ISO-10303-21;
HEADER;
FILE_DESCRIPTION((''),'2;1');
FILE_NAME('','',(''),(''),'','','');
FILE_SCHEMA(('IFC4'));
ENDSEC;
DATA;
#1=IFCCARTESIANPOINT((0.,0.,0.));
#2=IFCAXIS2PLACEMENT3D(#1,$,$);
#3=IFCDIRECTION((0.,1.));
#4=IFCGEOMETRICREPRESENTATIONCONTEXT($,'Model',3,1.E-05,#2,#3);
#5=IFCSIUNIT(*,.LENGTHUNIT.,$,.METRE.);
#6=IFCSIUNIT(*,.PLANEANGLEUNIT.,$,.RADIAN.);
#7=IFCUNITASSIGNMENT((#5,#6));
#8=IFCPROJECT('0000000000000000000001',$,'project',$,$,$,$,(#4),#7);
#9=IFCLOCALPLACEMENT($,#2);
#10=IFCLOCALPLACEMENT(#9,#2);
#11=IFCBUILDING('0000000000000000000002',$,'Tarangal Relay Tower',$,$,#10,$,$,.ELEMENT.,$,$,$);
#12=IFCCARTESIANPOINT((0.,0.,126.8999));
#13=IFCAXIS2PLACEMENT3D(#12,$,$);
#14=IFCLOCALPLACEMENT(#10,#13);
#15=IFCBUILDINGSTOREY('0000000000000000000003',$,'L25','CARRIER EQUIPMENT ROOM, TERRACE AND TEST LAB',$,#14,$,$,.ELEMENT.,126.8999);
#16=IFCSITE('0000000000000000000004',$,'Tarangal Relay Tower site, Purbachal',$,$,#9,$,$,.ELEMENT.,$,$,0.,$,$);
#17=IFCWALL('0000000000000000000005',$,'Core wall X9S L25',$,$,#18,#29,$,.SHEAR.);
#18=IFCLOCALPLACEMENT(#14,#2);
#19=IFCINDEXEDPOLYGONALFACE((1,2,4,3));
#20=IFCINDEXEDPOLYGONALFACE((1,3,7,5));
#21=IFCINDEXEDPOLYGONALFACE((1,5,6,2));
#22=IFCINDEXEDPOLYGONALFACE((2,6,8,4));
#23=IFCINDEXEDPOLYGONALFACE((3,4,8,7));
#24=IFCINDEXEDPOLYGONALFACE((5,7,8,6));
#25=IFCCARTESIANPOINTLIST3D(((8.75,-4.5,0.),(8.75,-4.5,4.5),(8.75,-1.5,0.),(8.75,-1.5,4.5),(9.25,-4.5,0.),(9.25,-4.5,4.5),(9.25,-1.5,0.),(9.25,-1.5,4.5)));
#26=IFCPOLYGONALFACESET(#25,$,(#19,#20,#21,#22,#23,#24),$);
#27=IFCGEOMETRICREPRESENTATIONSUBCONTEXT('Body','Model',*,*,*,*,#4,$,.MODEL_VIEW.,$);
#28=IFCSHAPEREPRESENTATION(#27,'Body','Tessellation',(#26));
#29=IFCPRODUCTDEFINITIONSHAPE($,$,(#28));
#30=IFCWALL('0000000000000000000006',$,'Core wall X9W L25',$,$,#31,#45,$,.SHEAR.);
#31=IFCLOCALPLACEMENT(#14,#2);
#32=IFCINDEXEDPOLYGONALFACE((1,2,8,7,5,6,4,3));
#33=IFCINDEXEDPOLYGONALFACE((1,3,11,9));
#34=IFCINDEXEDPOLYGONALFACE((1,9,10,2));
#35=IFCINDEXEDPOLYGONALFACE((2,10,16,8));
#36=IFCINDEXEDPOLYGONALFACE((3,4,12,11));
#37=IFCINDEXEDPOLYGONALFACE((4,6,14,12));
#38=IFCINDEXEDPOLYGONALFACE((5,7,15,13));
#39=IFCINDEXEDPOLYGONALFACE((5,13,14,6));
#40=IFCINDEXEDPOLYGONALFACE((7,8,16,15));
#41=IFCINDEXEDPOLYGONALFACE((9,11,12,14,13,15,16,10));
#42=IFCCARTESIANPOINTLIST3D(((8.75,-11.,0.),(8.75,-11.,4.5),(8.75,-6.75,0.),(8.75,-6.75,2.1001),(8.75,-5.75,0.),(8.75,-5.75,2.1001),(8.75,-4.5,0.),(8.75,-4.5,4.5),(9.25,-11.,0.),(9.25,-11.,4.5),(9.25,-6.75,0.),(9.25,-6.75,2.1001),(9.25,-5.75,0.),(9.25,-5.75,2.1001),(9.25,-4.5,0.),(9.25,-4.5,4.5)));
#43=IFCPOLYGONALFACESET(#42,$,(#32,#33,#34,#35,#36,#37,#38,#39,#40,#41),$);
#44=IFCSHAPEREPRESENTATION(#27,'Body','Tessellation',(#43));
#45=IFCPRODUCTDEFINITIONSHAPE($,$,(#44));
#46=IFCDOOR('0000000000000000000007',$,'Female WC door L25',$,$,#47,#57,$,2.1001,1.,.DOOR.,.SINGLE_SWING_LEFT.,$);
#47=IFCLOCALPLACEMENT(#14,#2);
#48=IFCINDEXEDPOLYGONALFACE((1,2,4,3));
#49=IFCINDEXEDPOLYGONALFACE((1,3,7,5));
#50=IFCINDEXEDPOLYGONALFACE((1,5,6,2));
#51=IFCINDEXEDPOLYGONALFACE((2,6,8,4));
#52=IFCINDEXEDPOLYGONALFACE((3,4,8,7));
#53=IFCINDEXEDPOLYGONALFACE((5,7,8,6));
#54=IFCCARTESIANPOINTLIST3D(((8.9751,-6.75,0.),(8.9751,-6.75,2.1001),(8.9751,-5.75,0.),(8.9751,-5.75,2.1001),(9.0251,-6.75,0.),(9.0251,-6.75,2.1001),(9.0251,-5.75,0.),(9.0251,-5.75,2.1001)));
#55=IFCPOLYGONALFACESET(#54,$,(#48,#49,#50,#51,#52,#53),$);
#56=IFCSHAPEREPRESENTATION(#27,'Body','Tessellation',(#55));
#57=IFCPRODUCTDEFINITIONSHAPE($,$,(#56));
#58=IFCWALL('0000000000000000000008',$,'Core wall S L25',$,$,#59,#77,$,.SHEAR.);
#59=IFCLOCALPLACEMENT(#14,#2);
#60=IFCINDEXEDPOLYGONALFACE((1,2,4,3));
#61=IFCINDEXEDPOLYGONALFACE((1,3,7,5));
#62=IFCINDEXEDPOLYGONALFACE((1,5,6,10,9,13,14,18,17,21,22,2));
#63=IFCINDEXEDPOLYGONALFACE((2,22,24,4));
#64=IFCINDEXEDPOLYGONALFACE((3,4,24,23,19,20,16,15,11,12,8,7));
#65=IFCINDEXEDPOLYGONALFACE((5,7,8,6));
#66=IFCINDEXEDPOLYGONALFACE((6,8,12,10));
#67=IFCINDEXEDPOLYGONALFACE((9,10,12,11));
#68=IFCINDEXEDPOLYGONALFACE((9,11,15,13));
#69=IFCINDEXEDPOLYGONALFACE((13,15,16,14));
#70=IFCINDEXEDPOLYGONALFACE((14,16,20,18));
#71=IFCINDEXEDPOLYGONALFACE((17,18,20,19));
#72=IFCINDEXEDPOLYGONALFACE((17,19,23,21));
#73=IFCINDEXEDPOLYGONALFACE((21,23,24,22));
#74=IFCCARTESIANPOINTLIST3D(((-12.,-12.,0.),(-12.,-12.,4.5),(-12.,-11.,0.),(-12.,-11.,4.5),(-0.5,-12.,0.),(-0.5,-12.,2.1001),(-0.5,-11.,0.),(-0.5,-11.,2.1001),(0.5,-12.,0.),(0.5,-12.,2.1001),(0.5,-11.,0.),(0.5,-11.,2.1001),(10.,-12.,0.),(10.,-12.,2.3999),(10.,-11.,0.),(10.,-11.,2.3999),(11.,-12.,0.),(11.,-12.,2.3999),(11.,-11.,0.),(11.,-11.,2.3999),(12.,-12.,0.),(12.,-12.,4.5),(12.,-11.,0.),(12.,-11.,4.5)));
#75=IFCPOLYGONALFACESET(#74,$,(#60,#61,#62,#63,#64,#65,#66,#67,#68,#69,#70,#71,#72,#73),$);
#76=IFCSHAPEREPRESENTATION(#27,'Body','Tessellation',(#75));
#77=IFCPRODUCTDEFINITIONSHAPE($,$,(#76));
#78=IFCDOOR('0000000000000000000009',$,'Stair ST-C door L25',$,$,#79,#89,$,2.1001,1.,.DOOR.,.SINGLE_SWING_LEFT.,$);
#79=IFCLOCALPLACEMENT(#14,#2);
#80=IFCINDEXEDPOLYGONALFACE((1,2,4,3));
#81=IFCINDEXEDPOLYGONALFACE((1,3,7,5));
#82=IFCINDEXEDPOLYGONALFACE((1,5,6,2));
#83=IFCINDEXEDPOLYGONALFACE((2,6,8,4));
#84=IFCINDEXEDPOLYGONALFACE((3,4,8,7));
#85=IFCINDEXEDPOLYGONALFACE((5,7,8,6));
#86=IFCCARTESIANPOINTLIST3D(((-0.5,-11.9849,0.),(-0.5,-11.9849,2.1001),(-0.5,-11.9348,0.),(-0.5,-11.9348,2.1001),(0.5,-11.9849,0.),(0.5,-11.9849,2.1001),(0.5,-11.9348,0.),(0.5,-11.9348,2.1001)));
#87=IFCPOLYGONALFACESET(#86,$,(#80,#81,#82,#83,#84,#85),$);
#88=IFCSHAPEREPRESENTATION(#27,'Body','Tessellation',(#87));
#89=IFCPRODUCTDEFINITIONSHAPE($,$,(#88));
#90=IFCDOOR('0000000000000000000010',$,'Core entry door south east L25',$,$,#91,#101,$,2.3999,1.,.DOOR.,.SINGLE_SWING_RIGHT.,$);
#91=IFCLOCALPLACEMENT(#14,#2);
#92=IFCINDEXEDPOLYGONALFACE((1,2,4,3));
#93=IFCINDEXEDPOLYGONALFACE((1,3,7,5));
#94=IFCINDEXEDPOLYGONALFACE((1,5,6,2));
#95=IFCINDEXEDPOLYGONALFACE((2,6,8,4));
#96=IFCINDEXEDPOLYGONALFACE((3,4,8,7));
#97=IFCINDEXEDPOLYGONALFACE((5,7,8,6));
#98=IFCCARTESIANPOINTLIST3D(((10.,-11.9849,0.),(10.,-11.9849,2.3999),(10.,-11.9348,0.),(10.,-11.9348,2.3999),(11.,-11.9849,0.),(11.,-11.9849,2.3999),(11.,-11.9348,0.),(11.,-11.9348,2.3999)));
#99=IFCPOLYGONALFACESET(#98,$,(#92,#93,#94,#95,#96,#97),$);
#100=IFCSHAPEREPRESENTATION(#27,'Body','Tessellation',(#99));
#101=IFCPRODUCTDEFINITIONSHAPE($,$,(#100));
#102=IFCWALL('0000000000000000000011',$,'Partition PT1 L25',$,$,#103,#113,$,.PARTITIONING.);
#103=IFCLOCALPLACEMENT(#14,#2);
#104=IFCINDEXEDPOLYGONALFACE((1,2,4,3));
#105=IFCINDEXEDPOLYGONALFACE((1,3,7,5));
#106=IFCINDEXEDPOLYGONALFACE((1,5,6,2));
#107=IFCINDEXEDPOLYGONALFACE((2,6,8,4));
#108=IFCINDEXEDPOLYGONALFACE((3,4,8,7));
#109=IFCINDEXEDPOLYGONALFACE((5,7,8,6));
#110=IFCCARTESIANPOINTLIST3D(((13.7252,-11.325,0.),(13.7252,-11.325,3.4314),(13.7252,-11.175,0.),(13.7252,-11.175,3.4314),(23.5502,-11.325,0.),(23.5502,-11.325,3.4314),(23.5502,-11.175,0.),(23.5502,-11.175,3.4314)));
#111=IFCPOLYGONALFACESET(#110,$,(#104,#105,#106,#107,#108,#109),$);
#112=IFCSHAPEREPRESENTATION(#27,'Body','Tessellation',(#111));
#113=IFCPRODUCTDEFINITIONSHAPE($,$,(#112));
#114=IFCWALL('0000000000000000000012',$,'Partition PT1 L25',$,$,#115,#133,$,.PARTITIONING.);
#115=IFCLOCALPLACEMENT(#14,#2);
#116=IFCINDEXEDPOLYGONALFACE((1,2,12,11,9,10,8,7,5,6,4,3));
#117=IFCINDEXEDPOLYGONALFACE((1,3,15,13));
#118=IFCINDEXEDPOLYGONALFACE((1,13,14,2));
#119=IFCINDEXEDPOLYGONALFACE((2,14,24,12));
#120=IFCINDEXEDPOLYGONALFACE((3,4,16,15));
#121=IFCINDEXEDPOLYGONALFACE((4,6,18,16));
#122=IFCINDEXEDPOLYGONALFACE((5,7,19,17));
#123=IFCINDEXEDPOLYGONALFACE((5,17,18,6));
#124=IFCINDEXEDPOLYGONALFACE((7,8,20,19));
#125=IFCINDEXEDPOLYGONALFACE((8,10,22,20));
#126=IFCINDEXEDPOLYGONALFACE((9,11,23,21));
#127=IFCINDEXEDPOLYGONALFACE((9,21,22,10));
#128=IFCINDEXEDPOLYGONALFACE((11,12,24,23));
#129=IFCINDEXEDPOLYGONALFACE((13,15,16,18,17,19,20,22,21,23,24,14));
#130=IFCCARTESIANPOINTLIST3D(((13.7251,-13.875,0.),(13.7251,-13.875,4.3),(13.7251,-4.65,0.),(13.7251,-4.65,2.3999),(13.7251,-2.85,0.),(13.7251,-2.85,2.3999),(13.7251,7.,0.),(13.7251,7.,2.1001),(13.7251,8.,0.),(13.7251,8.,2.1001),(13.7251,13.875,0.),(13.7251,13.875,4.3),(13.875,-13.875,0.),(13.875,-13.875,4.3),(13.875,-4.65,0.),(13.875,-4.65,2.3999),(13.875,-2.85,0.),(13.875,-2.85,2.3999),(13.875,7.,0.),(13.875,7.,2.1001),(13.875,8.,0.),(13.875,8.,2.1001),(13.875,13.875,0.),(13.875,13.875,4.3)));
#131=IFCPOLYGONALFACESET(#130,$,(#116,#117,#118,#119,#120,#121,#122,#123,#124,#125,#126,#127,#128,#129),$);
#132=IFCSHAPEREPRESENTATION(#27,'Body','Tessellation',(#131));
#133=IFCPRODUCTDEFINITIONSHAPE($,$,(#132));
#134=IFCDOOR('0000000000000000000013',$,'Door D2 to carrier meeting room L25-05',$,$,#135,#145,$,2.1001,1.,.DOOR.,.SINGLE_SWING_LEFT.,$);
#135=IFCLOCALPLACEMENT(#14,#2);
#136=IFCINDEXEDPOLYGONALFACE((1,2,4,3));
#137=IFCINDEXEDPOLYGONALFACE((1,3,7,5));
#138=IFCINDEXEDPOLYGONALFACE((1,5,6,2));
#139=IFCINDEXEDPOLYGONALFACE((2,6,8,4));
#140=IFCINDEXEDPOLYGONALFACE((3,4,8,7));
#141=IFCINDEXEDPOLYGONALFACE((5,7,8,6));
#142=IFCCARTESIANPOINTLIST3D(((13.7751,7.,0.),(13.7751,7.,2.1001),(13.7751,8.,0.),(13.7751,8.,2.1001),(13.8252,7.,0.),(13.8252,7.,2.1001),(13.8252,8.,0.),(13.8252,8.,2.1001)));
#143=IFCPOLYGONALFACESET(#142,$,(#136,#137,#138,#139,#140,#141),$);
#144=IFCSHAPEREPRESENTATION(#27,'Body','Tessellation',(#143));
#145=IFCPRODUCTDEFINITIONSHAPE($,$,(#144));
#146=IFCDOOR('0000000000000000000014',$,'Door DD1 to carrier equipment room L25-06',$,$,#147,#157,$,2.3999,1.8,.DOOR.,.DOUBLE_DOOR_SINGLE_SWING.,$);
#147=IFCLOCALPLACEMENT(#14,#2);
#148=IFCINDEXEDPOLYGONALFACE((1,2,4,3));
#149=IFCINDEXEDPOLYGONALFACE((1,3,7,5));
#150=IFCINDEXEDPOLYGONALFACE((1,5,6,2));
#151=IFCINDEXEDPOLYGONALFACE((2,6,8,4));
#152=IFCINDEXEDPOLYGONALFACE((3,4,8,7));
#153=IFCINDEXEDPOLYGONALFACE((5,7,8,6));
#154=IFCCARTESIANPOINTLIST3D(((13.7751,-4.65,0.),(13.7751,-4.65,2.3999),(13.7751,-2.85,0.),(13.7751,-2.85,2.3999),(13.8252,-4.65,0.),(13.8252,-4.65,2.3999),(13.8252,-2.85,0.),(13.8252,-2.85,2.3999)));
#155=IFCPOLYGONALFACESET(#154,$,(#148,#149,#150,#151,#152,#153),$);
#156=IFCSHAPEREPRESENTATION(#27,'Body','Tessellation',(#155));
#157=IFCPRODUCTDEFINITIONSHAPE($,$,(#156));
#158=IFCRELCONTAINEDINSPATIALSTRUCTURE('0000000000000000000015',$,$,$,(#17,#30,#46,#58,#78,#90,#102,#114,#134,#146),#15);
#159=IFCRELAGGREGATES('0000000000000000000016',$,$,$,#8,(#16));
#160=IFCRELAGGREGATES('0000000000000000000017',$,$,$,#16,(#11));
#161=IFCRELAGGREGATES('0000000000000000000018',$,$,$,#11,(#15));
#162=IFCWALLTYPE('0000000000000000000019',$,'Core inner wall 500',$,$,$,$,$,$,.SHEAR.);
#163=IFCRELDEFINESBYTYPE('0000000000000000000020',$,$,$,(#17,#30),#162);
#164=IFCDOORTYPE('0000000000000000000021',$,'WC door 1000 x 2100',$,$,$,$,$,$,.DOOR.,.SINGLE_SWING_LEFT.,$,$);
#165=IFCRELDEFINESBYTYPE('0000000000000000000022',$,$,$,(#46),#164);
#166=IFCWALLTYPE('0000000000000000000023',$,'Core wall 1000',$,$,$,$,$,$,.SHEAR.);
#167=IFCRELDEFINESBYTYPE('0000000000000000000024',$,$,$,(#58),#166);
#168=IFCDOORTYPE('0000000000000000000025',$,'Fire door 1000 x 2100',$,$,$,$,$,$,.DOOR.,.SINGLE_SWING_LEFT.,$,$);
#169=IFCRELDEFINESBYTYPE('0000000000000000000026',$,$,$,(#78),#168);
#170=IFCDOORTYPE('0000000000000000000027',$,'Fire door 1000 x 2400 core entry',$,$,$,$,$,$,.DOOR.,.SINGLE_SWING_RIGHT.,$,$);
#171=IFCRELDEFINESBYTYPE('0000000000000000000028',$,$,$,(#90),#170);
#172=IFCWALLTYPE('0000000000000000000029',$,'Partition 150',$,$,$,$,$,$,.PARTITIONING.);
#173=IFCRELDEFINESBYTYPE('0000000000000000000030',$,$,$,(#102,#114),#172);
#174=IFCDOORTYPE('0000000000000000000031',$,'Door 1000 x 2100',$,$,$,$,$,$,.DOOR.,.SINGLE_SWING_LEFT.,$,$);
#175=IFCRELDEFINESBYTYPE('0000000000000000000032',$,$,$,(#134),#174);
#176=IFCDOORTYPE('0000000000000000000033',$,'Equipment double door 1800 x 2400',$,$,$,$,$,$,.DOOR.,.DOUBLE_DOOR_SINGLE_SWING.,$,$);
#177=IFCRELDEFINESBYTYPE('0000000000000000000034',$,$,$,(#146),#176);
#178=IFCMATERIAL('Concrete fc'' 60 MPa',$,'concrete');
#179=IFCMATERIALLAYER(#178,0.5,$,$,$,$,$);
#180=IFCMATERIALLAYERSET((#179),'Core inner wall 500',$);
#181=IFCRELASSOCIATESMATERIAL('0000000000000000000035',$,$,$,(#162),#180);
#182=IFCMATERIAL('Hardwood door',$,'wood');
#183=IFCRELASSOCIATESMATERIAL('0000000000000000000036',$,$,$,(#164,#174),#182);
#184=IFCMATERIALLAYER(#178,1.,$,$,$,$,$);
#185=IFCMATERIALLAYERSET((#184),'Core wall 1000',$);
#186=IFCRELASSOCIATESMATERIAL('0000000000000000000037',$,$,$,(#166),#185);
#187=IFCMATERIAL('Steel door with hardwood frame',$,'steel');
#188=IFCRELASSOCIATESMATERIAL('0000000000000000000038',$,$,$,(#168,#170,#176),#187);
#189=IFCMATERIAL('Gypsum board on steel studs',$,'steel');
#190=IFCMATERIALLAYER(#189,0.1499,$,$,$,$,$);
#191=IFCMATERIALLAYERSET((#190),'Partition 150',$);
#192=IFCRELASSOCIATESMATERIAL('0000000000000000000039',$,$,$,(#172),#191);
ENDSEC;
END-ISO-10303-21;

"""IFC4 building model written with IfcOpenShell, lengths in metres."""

from ifc_helpers import new_model, si_unit, direction, frame, frame_2d, origin, place, context, subcontext, project, spatial, rectangle, extrude, material, layer, layer_set, type_object, element, fill, save


model = new_model("IFC4")

# Units and contexts
model_context = context("Model", 3, precision=1e-05, world=origin(), true_north=direction((0.0, 1.0)))
body_context = subcontext(model_context, "Body", "Model", "MODEL_VIEW")
ifc_project = project(units=[si_unit("LENGTHUNIT", "METRE"), si_unit("PLANEANGLEUNIT", "RADIAN")], contexts=[model_context])

# Site, building, storey
site_placement = place(None, origin())
site = spatial("IfcSite", under=ifc_project, at=site_placement, Name="Tarangal Relay Tower site, Purbachal", CompositionType="ELEMENT", RefElevation=0.0)
building_placement = place(site_placement, origin())
building = spatial("IfcBuilding", under=site, at=building_placement, Name="Tarangal Relay Tower", CompositionType="ELEMENT")
storey_placement = place(building_placement, frame((0.0, 0.0, 126.8999)))
storey = spatial("IfcBuildingStorey", under=building, at=storey_placement, Name="L25", Description="CARRIER EQUIPMENT ROOM, TERRACE AND TEST LAB", CompositionType="ELEMENT", Elevation=126.8999)

# Wall
ifc_material_1 = material(Name="Concrete fc' 60 MPa", Category="concrete")
ifc_layer_1 = layer(ifc_material_1, 0.5)
ifc_layer_set_1 = layer_set([ifc_layer_1], Name="Core inner wall 500")
wall_type_1 = type_object("IfcWallType", Name="Core inner wall 500", PredefinedType="SHEAR", material=ifc_layer_set_1)
wall_1_placement = place(storey_placement, frame((9.0, -4.5, 0.0), z_axis=(0.0, 0.0, 1.0), x_axis=(0.0, 1.0, 0.0)))
element("IfcWall", 1, at=wall_1_placement, inside=storey, type_object=wall_type_1, Name="Core wall X9S L25", PredefinedType="SHEAR", context=body_context, shape_type="SweptSolid", body=[
    extrude(rectangle(XDim=3.0, YDim=0.5, at=frame_2d((1.5, 0.0))), origin(), (0.0, 0.0, 1.0), 4.5),
])

# Wall, opening, door
wall_2_placement = place(storey_placement, frame((9.0, -11.0, 0.0), z_axis=(0.0, 0.0, 1.0), x_axis=(0.0, 1.0, 0.0)))
wall_2 = element("IfcWall", 2, at=wall_2_placement, inside=storey, type_object=wall_type_1, Name="Core wall X9W L25", PredefinedType="SHEAR", context=body_context, shape_type="SweptSolid", body=[
    extrude(rectangle(XDim=6.5, YDim=0.5, at=frame_2d((3.25, 0.0))), origin(), (0.0, 0.0, 1.0), 4.5),
])
opening_1_placement = place(wall_2_placement, frame((4.25, 0.0, 0.0)))
opening_1 = element("IfcOpeningElement", 3, at=opening_1_placement, cuts=wall_2, PredefinedType="OPENING", context=body_context, shape_type="SweptSolid", body=[
    extrude(rectangle(XDim=1.0, YDim=2.1001, at=frame_2d((0.5, 1.05))), frame((0.0, 0.26, 0.0), z_axis=(0.0, -1.0, 0.0), x_axis=(1.0, 0.0, 0.0)), (0.0, 0.0, 1.0), 0.52),
])
ifc_material_2 = material(Name="Hardwood door", Category="wood")
door_type_1 = type_object("IfcDoorType", Name="WC door 1000 x 2100", OperationType="SINGLE_SWING_LEFT", PredefinedType="DOOR", material=ifc_material_2)
door_1_placement = place(opening_1_placement, origin())
door_1 = element("IfcDoor", 4, at=door_1_placement, inside=storey, type_object=door_type_1, Name="Female WC door L25", OperationType="SINGLE_SWING_LEFT", OverallHeight=2.1001, OverallWidth=1.0, PredefinedType="DOOR", context=body_context, shape_type="SweptSolid", body=[
    extrude(rectangle(XDim=1.0, YDim=2.1001, at=frame_2d((0.5, 1.05))), frame((0.0, 0.0249, 0.0), z_axis=(0.0, -1.0, 0.0), x_axis=(1.0, 0.0, 0.0)), (0.0, 0.0, 1.0), 0.05),
])
fill(opening_1, door_1)

# Wall, openings, doors
ifc_layer_2 = layer(ifc_material_1, 1.0)
ifc_layer_set_2 = layer_set([ifc_layer_2], Name="Core wall 1000")
wall_type_2 = type_object("IfcWallType", Name="Core wall 1000", PredefinedType="SHEAR", material=ifc_layer_set_2)
wall_3_placement = place(storey_placement, frame((12.0, -11.5, 0.0), z_axis=(0.0, 0.0, 1.0), x_axis=(-1.0, 0.0, 0.0)))
wall_3 = element("IfcWall", 5, at=wall_3_placement, inside=storey, type_object=wall_type_2, Name="Core wall S L25", PredefinedType="SHEAR", context=body_context, shape_type="SweptSolid", body=[
    extrude(rectangle(XDim=24.0, YDim=1.0, at=frame_2d((12.0, 0.0))), origin(), (0.0, 0.0, 1.0), 4.5),
])
opening_2_placement = place(wall_3_placement, frame((11.5, 0.0, 0.0)))
opening_2 = element("IfcOpeningElement", 6, at=opening_2_placement, cuts=wall_3, PredefinedType="OPENING", context=body_context, shape_type="SweptSolid", body=[
    extrude(rectangle(XDim=1.0, YDim=2.1001, at=frame_2d((0.5, 1.05))), frame((0.0, 0.51, 0.0), z_axis=(0.0, -1.0, 0.0), x_axis=(1.0, 0.0, 0.0)), (0.0, 0.0, 1.0), 1.02),
])
opening_3_placement = place(wall_3_placement, frame((1.0, 0.0, 0.0)))
opening_3 = element("IfcOpeningElement", 7, at=opening_3_placement, cuts=wall_3, PredefinedType="OPENING", context=body_context, shape_type="SweptSolid", body=[
    extrude(rectangle(XDim=1.0, YDim=2.3999, at=frame_2d((0.5, 1.2))), frame((0.0, 0.51, 0.0), z_axis=(0.0, -1.0, 0.0), x_axis=(1.0, 0.0, 0.0)), (0.0, 0.0, 1.0), 1.02),
])
ifc_material_3 = material(Name="Steel door with hardwood frame", Category="steel")
door_type_2 = type_object("IfcDoorType", Name="Fire door 1000 x 2100", OperationType="SINGLE_SWING_LEFT", PredefinedType="DOOR", material=ifc_material_3)
door_2_placement = place(opening_2_placement, origin())
door_2 = element("IfcDoor", 8, at=door_2_placement, inside=storey, type_object=door_type_2, Name="Stair ST-C door L25", OperationType="SINGLE_SWING_LEFT", OverallHeight=2.1001, OverallWidth=1.0, PredefinedType="DOOR", context=body_context, shape_type="SweptSolid", body=[
    extrude(rectangle(XDim=1.0, YDim=2.1001, at=frame_2d((0.5, 1.05))), frame((0.0, 0.4849, 0.0), z_axis=(0.0, -1.0, 0.0), x_axis=(1.0, 0.0, 0.0)), (0.0, 0.0, 1.0), 0.05),
])
fill(opening_2, door_2)
door_type_3 = type_object("IfcDoorType", Name="Fire door 1000 x 2400 core entry", OperationType="SINGLE_SWING_RIGHT", PredefinedType="DOOR", material=ifc_material_3)
door_3_placement = place(opening_3_placement, origin())
door_3 = element("IfcDoor", 9, at=door_3_placement, inside=storey, type_object=door_type_3, Name="Core entry door south east L25", OperationType="SINGLE_SWING_RIGHT", OverallHeight=2.3999, OverallWidth=1.0, PredefinedType="DOOR", context=body_context, shape_type="SweptSolid", body=[
    extrude(rectangle(XDim=1.0, YDim=2.3999, at=frame_2d((0.5, 1.2))), frame((0.0, 0.4849, 0.0), z_axis=(0.0, -1.0, 0.0), x_axis=(1.0, 0.0, 0.0)), (0.0, 0.0, 1.0), 0.05),
])
fill(opening_3, door_3)

# Wall
ifc_material_4 = material(Name="Gypsum board on steel studs", Category="steel")
ifc_layer_3 = layer(ifc_material_4, 0.1499)
ifc_layer_set_3 = layer_set([ifc_layer_3], Name="Partition 150")
wall_type_3 = type_object("IfcWallType", Name="Partition 150", PredefinedType="PARTITIONING", material=ifc_layer_set_3)
wall_4_placement = place(storey_placement, frame((13.7251, -11.25, 0.0), z_axis=(0.0, 0.0, 1.0), x_axis=(1.0, 0.0, 0.0)))
element("IfcWall", 10, at=wall_4_placement, inside=storey, type_object=wall_type_3, Name="Partition PT1 L25", PredefinedType="PARTITIONING", context=body_context, shape_type="SweptSolid", body=[
    extrude(rectangle(XDim=9.825, YDim=0.1499, at=frame_2d((4.9126, 0.0))), origin(), (0.0, 0.0, 1.0), 3.4314),
])

# Wall, openings, doors
wall_5_placement = place(storey_placement, frame((13.8, -13.875, 0.0), z_axis=(0.0, 0.0, 1.0), x_axis=(0.0, 1.0, 0.0)))
wall_5 = element("IfcWall", 11, at=wall_5_placement, inside=storey, type_object=wall_type_3, Name="Partition PT1 L25", PredefinedType="PARTITIONING", context=body_context, shape_type="SweptSolid", body=[
    extrude(rectangle(XDim=27.75, YDim=0.1499, at=frame_2d((13.875, 0.0))), origin(), (0.0, 0.0, 1.0), 4.3),
])
opening_4_placement = place(wall_5_placement, frame((20.875, 0.0, 0.0)))
opening_4 = element("IfcOpeningElement", 12, at=opening_4_placement, cuts=wall_5, PredefinedType="OPENING", context=body_context, shape_type="SweptSolid", body=[
    extrude(rectangle(XDim=1.0, YDim=2.1001, at=frame_2d((0.5, 1.05))), frame((0.0, 0.085, 0.0), z_axis=(0.0, -1.0, 0.0), x_axis=(1.0, 0.0, 0.0)), (0.0, 0.0, 1.0), 0.1699),
])
opening_5_placement = place(wall_5_placement, frame((9.2251, 0.0, 0.0)))
opening_5 = element("IfcOpeningElement", 13, at=opening_5_placement, cuts=wall_5, PredefinedType="OPENING", context=body_context, shape_type="SweptSolid", body=[
    extrude(rectangle(XDim=1.8, YDim=2.3999, at=frame_2d((0.8999, 1.2))), frame((0.0, 0.085, 0.0), z_axis=(0.0, -1.0, 0.0), x_axis=(1.0, 0.0, 0.0)), (0.0, 0.0, 1.0), 0.1699),
])
door_type_4 = type_object("IfcDoorType", Name="Door 1000 x 2100", OperationType="SINGLE_SWING_LEFT", PredefinedType="DOOR", material=ifc_material_2)
door_4_placement = place(opening_4_placement, origin())
door_4 = element("IfcDoor", 14, at=door_4_placement, inside=storey, type_object=door_type_4, Name="Door D2 to carrier meeting room L25-05", OperationType="SINGLE_SWING_LEFT", OverallHeight=2.1001, OverallWidth=1.0, PredefinedType="DOOR", context=body_context, shape_type="SweptSolid", body=[
    extrude(rectangle(XDim=1.0, YDim=2.1001, at=frame_2d((0.5, 1.05))), frame((0.0, 0.0249, 0.0), z_axis=(0.0, -1.0, 0.0), x_axis=(1.0, 0.0, 0.0)), (0.0, 0.0, 1.0), 0.05),
])
fill(opening_4, door_4)
door_type_5 = type_object("IfcDoorType", Name="Equipment double door 1800 x 2400", OperationType="DOUBLE_DOOR_SINGLE_SWING", PredefinedType="DOOR", material=ifc_material_3)
door_5_placement = place(opening_5_placement, origin())
door_5 = element("IfcDoor", 15, at=door_5_placement, inside=storey, type_object=door_type_5, Name="Door DD1 to carrier equipment room L25-06", OperationType="DOUBLE_DOOR_SINGLE_SWING", OverallHeight=2.3999, OverallWidth=1.8, PredefinedType="DOOR", context=body_context, shape_type="SweptSolid", body=[
    extrude(rectangle(XDim=1.8, YDim=2.3999, at=frame_2d((0.8999, 1.2))), frame((0.0, 0.0249, 0.0), z_axis=(0.0, -1.0, 0.0), x_axis=(1.0, 0.0, 0.0)), (0.0, 0.0, 1.0), 0.05),
])
fill(opening_5, door_5)

save(model, "model.ifc")
